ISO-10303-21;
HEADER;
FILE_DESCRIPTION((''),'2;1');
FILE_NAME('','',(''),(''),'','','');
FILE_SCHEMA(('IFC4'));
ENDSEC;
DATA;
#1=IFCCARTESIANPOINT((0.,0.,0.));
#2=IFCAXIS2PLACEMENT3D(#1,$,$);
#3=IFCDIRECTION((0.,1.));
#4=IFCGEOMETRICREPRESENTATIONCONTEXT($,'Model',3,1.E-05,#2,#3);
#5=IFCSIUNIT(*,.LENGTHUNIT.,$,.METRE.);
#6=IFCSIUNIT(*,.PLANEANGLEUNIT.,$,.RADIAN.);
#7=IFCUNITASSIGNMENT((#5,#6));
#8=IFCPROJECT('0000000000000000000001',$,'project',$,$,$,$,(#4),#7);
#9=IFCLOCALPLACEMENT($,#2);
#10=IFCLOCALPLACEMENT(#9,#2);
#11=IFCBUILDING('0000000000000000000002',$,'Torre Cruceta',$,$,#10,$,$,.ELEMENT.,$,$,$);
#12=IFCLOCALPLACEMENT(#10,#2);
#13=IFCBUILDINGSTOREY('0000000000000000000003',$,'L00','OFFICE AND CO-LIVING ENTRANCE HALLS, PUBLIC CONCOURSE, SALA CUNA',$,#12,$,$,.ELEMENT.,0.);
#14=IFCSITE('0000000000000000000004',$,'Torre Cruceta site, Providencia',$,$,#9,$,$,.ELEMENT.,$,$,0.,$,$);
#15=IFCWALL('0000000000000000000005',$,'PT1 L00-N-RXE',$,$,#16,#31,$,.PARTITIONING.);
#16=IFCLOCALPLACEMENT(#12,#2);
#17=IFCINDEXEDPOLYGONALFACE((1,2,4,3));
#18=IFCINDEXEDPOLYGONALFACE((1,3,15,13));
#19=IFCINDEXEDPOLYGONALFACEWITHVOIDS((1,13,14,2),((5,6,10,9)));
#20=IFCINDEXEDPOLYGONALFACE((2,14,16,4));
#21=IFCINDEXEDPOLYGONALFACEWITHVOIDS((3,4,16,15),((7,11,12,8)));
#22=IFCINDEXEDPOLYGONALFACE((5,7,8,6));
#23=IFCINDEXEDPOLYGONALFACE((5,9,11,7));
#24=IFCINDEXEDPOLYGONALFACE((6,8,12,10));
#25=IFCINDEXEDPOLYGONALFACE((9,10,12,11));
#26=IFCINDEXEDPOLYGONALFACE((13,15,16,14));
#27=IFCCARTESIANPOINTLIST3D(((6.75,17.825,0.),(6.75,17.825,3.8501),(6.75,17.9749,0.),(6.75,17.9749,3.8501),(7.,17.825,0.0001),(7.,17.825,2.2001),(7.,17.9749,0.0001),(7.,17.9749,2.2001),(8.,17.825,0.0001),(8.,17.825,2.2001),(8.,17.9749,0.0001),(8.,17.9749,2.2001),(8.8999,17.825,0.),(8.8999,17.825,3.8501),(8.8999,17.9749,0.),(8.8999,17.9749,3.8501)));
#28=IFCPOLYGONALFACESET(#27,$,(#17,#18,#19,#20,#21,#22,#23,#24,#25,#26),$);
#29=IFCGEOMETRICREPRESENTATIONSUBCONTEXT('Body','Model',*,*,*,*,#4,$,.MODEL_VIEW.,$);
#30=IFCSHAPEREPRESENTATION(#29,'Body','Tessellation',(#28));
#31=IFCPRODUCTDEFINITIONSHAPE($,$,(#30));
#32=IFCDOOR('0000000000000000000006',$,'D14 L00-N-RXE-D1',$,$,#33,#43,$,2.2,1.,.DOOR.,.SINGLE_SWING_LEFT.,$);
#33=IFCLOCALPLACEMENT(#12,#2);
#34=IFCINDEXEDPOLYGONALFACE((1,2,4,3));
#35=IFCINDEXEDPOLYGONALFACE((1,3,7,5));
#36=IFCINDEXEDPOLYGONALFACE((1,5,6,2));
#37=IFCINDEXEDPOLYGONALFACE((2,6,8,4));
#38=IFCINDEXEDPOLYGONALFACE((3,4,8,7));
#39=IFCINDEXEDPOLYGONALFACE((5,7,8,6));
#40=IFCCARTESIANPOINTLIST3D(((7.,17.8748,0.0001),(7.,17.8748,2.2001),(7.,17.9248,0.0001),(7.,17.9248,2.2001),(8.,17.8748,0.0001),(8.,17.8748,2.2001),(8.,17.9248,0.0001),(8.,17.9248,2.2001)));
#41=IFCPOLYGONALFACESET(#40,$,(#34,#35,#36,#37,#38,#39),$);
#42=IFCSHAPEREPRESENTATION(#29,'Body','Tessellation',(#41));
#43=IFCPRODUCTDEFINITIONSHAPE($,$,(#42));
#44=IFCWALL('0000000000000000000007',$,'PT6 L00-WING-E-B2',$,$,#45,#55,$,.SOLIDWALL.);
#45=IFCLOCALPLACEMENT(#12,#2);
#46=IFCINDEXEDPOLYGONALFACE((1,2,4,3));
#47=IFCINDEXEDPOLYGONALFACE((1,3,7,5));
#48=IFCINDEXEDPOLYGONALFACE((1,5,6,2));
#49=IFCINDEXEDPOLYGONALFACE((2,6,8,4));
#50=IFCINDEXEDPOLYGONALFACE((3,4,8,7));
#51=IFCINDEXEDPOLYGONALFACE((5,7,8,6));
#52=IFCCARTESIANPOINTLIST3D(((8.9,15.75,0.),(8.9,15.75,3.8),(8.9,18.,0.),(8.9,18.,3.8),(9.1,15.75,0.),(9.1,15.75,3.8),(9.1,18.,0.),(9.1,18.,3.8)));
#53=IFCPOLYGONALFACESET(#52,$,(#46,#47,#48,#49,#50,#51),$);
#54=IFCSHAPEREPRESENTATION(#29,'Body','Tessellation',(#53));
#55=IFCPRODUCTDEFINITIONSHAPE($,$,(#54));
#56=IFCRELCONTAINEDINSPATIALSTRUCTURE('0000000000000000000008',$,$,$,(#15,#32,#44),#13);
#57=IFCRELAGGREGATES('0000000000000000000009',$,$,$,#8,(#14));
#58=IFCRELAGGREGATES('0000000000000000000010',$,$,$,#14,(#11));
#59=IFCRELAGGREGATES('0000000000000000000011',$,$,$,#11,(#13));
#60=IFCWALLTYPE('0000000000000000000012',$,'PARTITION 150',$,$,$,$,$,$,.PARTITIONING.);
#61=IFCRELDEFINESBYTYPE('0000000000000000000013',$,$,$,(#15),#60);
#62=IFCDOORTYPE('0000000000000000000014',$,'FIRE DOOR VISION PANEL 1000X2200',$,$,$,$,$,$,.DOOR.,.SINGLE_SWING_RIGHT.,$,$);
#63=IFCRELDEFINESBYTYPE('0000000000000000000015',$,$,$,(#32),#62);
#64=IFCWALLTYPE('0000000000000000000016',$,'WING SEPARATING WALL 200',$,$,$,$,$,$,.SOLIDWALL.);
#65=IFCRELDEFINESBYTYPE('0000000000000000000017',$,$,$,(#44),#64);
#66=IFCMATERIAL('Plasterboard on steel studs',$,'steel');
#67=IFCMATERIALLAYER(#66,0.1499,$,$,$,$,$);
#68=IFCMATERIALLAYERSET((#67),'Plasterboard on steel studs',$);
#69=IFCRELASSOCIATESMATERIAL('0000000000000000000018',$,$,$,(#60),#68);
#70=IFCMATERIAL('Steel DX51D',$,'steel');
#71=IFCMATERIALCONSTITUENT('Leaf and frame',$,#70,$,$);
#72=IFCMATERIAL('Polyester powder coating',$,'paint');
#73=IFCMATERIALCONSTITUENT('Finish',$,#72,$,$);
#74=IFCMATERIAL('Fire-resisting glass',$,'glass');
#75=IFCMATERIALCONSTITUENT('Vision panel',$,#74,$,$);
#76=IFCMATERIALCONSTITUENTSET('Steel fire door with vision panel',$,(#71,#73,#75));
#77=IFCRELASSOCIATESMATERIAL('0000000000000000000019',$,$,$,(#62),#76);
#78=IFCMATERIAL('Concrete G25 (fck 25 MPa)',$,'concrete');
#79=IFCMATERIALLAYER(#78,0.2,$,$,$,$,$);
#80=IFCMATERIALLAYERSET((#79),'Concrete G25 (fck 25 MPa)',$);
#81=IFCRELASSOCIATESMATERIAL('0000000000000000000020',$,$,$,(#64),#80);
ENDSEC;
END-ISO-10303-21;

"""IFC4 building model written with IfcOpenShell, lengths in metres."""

from ifc_helpers import new_model, si_unit, direction, frame, frame_2d, origin, place, context, subcontext, project, spatial, rectangle, extrude, material, layer, layer_set, constituent, constituent_set, type_object, element, fill, save


model = new_model("IFC4")

# Units and contexts
model_context = context("Model", 3, precision=1e-05, world=origin(), true_north=direction((0.0, 1.0)))
body_context = subcontext(model_context, "Body", "Model", "MODEL_VIEW")
ifc_project = project(units=[si_unit("LENGTHUNIT", "METRE"), si_unit("PLANEANGLEUNIT", "RADIAN")], contexts=[model_context])

# Site, building, storey
site_placement = place(None, origin())
site = spatial("IfcSite", under=ifc_project, at=site_placement, Name="Torre Cruceta site, Providencia", CompositionType="ELEMENT", RefElevation=0.0)
building_placement = place(site_placement, origin())
building = spatial("IfcBuilding", under=site, at=building_placement, Name="Torre Cruceta", CompositionType="ELEMENT")
storey_placement = place(building_placement, origin())
storey = spatial("IfcBuildingStorey", under=building, at=storey_placement, Name="L00", Description="OFFICE AND CO-LIVING ENTRANCE HALLS, PUBLIC CONCOURSE, SALA CUNA", CompositionType="ELEMENT", Elevation=0.0)

# Shared definitions
ifc_material_1 = material(Name="Plasterboard on steel studs", Category="steel")
ifc_layer_1 = layer(ifc_material_1, 0.1499)
ifc_layer_set_1 = layer_set([ifc_layer_1], Name="Plasterboard on steel studs")
wall_type_1 = type_object("IfcWallType", Name="PARTITION 150", PredefinedType="PARTITIONING", material=ifc_layer_set_1)

# Wall, opening, door
wall_1_placement = place(storey_placement, frame((6.75, 17.8999, 0.0), z_axis=(0.0, 0.0, 1.0), x_axis=(1.0, 0.0, 0.0)))
wall_1 = element("IfcWall", 1, at=wall_1_placement, inside=storey, type_object=wall_type_1, Name="PT1 L00-N-RXE", PredefinedType="PARTITIONING", context=body_context, shape_type="SweptSolid", body=[
    extrude(rectangle(XDim=2.1499, YDim=0.1499, at=frame_2d((1.075, 0.0))), origin(), (0.0, 0.0, 1.0), 3.8501),
])
opening_1_placement = place(wall_1_placement, frame((0.25, 0.0, 0.0)))
opening_1 = element("IfcOpeningElement", 2, at=opening_1_placement, cuts=wall_1, PredefinedType="OPENING", context=body_context, shape_type="SweptSolid", body=[
    extrude(rectangle(XDim=1.0, YDim=2.2, at=frame_2d((0.5, 1.1001))), frame((0.0, 0.085, 0.0), z_axis=(0.0, -1.0, 0.0), x_axis=(1.0, 0.0, 0.0)), (0.0, 0.0, 1.0), 0.1699),
])
ifc_material_2 = material(Name="Steel DX51D", Category="steel")
ifc_constituent_1 = constituent(ifc_material_2, Name="Leaf and frame")
ifc_material_3 = material(Name="Polyester powder coating", Category="paint")
ifc_constituent_2 = constituent(ifc_material_3, Name="Finish")
ifc_material_4 = material(Name="Fire-resisting glass", Category="glass")
ifc_constituent_3 = constituent(ifc_material_4, Name="Vision panel")
ifc_constituent_set_1 = constituent_set(constituents=[ifc_constituent_1, ifc_constituent_2, ifc_constituent_3], Name="Steel fire door with vision panel")
door_type_1 = type_object("IfcDoorType", Name="FIRE DOOR VISION PANEL 1000X2200", OperationType="SINGLE_SWING_RIGHT", PredefinedType="DOOR", material=ifc_constituent_set_1)
door_1_placement = place(opening_1_placement, origin())
door_1 = element("IfcDoor", 3, at=door_1_placement, inside=storey, type_object=door_type_1, Name="D14 L00-N-RXE-D1", OperationType="SINGLE_SWING_LEFT", OverallHeight=2.2, OverallWidth=1.0, PredefinedType="DOOR", context=body_context, shape_type="SweptSolid", body=[
    extrude(rectangle(XDim=1.0, YDim=2.2, at=frame_2d((0.5, 1.1001))), frame((0.0, 0.0249, 0.0), z_axis=(0.0, -1.0, 0.0), x_axis=(1.0, 0.0, 0.0)), (0.0, 0.0, 1.0), 0.05),
])
fill(opening_1, door_1)

# Wall
ifc_material_5 = material(Name="Concrete G25 (fck 25 MPa)", Category="concrete")
ifc_layer_2 = layer(ifc_material_5, 0.2)
ifc_layer_set_2 = layer_set([ifc_layer_2], Name="Concrete G25 (fck 25 MPa)")
wall_type_2 = type_object("IfcWallType", Name="WING SEPARATING WALL 200", PredefinedType="SOLIDWALL", material=ifc_layer_set_2)
wall_2_placement = place(storey_placement, frame((9.0, 18.0, 0.0), z_axis=(0.0, 0.0, 1.0), x_axis=(0.0, -1.0, 0.0)))
element("IfcWall", 4, at=wall_2_placement, inside=storey, type_object=wall_type_2, Name="PT6 L00-WING-E-B2", PredefinedType="SOLIDWALL", context=body_context, shape_type="SweptSolid", body=[
    extrude(rectangle(XDim=2.25, YDim=0.2, at=frame_2d((1.125, 0.0))), origin(), (0.0, 0.0, 1.0), 3.8),
])

save(model, "model.ifc")
